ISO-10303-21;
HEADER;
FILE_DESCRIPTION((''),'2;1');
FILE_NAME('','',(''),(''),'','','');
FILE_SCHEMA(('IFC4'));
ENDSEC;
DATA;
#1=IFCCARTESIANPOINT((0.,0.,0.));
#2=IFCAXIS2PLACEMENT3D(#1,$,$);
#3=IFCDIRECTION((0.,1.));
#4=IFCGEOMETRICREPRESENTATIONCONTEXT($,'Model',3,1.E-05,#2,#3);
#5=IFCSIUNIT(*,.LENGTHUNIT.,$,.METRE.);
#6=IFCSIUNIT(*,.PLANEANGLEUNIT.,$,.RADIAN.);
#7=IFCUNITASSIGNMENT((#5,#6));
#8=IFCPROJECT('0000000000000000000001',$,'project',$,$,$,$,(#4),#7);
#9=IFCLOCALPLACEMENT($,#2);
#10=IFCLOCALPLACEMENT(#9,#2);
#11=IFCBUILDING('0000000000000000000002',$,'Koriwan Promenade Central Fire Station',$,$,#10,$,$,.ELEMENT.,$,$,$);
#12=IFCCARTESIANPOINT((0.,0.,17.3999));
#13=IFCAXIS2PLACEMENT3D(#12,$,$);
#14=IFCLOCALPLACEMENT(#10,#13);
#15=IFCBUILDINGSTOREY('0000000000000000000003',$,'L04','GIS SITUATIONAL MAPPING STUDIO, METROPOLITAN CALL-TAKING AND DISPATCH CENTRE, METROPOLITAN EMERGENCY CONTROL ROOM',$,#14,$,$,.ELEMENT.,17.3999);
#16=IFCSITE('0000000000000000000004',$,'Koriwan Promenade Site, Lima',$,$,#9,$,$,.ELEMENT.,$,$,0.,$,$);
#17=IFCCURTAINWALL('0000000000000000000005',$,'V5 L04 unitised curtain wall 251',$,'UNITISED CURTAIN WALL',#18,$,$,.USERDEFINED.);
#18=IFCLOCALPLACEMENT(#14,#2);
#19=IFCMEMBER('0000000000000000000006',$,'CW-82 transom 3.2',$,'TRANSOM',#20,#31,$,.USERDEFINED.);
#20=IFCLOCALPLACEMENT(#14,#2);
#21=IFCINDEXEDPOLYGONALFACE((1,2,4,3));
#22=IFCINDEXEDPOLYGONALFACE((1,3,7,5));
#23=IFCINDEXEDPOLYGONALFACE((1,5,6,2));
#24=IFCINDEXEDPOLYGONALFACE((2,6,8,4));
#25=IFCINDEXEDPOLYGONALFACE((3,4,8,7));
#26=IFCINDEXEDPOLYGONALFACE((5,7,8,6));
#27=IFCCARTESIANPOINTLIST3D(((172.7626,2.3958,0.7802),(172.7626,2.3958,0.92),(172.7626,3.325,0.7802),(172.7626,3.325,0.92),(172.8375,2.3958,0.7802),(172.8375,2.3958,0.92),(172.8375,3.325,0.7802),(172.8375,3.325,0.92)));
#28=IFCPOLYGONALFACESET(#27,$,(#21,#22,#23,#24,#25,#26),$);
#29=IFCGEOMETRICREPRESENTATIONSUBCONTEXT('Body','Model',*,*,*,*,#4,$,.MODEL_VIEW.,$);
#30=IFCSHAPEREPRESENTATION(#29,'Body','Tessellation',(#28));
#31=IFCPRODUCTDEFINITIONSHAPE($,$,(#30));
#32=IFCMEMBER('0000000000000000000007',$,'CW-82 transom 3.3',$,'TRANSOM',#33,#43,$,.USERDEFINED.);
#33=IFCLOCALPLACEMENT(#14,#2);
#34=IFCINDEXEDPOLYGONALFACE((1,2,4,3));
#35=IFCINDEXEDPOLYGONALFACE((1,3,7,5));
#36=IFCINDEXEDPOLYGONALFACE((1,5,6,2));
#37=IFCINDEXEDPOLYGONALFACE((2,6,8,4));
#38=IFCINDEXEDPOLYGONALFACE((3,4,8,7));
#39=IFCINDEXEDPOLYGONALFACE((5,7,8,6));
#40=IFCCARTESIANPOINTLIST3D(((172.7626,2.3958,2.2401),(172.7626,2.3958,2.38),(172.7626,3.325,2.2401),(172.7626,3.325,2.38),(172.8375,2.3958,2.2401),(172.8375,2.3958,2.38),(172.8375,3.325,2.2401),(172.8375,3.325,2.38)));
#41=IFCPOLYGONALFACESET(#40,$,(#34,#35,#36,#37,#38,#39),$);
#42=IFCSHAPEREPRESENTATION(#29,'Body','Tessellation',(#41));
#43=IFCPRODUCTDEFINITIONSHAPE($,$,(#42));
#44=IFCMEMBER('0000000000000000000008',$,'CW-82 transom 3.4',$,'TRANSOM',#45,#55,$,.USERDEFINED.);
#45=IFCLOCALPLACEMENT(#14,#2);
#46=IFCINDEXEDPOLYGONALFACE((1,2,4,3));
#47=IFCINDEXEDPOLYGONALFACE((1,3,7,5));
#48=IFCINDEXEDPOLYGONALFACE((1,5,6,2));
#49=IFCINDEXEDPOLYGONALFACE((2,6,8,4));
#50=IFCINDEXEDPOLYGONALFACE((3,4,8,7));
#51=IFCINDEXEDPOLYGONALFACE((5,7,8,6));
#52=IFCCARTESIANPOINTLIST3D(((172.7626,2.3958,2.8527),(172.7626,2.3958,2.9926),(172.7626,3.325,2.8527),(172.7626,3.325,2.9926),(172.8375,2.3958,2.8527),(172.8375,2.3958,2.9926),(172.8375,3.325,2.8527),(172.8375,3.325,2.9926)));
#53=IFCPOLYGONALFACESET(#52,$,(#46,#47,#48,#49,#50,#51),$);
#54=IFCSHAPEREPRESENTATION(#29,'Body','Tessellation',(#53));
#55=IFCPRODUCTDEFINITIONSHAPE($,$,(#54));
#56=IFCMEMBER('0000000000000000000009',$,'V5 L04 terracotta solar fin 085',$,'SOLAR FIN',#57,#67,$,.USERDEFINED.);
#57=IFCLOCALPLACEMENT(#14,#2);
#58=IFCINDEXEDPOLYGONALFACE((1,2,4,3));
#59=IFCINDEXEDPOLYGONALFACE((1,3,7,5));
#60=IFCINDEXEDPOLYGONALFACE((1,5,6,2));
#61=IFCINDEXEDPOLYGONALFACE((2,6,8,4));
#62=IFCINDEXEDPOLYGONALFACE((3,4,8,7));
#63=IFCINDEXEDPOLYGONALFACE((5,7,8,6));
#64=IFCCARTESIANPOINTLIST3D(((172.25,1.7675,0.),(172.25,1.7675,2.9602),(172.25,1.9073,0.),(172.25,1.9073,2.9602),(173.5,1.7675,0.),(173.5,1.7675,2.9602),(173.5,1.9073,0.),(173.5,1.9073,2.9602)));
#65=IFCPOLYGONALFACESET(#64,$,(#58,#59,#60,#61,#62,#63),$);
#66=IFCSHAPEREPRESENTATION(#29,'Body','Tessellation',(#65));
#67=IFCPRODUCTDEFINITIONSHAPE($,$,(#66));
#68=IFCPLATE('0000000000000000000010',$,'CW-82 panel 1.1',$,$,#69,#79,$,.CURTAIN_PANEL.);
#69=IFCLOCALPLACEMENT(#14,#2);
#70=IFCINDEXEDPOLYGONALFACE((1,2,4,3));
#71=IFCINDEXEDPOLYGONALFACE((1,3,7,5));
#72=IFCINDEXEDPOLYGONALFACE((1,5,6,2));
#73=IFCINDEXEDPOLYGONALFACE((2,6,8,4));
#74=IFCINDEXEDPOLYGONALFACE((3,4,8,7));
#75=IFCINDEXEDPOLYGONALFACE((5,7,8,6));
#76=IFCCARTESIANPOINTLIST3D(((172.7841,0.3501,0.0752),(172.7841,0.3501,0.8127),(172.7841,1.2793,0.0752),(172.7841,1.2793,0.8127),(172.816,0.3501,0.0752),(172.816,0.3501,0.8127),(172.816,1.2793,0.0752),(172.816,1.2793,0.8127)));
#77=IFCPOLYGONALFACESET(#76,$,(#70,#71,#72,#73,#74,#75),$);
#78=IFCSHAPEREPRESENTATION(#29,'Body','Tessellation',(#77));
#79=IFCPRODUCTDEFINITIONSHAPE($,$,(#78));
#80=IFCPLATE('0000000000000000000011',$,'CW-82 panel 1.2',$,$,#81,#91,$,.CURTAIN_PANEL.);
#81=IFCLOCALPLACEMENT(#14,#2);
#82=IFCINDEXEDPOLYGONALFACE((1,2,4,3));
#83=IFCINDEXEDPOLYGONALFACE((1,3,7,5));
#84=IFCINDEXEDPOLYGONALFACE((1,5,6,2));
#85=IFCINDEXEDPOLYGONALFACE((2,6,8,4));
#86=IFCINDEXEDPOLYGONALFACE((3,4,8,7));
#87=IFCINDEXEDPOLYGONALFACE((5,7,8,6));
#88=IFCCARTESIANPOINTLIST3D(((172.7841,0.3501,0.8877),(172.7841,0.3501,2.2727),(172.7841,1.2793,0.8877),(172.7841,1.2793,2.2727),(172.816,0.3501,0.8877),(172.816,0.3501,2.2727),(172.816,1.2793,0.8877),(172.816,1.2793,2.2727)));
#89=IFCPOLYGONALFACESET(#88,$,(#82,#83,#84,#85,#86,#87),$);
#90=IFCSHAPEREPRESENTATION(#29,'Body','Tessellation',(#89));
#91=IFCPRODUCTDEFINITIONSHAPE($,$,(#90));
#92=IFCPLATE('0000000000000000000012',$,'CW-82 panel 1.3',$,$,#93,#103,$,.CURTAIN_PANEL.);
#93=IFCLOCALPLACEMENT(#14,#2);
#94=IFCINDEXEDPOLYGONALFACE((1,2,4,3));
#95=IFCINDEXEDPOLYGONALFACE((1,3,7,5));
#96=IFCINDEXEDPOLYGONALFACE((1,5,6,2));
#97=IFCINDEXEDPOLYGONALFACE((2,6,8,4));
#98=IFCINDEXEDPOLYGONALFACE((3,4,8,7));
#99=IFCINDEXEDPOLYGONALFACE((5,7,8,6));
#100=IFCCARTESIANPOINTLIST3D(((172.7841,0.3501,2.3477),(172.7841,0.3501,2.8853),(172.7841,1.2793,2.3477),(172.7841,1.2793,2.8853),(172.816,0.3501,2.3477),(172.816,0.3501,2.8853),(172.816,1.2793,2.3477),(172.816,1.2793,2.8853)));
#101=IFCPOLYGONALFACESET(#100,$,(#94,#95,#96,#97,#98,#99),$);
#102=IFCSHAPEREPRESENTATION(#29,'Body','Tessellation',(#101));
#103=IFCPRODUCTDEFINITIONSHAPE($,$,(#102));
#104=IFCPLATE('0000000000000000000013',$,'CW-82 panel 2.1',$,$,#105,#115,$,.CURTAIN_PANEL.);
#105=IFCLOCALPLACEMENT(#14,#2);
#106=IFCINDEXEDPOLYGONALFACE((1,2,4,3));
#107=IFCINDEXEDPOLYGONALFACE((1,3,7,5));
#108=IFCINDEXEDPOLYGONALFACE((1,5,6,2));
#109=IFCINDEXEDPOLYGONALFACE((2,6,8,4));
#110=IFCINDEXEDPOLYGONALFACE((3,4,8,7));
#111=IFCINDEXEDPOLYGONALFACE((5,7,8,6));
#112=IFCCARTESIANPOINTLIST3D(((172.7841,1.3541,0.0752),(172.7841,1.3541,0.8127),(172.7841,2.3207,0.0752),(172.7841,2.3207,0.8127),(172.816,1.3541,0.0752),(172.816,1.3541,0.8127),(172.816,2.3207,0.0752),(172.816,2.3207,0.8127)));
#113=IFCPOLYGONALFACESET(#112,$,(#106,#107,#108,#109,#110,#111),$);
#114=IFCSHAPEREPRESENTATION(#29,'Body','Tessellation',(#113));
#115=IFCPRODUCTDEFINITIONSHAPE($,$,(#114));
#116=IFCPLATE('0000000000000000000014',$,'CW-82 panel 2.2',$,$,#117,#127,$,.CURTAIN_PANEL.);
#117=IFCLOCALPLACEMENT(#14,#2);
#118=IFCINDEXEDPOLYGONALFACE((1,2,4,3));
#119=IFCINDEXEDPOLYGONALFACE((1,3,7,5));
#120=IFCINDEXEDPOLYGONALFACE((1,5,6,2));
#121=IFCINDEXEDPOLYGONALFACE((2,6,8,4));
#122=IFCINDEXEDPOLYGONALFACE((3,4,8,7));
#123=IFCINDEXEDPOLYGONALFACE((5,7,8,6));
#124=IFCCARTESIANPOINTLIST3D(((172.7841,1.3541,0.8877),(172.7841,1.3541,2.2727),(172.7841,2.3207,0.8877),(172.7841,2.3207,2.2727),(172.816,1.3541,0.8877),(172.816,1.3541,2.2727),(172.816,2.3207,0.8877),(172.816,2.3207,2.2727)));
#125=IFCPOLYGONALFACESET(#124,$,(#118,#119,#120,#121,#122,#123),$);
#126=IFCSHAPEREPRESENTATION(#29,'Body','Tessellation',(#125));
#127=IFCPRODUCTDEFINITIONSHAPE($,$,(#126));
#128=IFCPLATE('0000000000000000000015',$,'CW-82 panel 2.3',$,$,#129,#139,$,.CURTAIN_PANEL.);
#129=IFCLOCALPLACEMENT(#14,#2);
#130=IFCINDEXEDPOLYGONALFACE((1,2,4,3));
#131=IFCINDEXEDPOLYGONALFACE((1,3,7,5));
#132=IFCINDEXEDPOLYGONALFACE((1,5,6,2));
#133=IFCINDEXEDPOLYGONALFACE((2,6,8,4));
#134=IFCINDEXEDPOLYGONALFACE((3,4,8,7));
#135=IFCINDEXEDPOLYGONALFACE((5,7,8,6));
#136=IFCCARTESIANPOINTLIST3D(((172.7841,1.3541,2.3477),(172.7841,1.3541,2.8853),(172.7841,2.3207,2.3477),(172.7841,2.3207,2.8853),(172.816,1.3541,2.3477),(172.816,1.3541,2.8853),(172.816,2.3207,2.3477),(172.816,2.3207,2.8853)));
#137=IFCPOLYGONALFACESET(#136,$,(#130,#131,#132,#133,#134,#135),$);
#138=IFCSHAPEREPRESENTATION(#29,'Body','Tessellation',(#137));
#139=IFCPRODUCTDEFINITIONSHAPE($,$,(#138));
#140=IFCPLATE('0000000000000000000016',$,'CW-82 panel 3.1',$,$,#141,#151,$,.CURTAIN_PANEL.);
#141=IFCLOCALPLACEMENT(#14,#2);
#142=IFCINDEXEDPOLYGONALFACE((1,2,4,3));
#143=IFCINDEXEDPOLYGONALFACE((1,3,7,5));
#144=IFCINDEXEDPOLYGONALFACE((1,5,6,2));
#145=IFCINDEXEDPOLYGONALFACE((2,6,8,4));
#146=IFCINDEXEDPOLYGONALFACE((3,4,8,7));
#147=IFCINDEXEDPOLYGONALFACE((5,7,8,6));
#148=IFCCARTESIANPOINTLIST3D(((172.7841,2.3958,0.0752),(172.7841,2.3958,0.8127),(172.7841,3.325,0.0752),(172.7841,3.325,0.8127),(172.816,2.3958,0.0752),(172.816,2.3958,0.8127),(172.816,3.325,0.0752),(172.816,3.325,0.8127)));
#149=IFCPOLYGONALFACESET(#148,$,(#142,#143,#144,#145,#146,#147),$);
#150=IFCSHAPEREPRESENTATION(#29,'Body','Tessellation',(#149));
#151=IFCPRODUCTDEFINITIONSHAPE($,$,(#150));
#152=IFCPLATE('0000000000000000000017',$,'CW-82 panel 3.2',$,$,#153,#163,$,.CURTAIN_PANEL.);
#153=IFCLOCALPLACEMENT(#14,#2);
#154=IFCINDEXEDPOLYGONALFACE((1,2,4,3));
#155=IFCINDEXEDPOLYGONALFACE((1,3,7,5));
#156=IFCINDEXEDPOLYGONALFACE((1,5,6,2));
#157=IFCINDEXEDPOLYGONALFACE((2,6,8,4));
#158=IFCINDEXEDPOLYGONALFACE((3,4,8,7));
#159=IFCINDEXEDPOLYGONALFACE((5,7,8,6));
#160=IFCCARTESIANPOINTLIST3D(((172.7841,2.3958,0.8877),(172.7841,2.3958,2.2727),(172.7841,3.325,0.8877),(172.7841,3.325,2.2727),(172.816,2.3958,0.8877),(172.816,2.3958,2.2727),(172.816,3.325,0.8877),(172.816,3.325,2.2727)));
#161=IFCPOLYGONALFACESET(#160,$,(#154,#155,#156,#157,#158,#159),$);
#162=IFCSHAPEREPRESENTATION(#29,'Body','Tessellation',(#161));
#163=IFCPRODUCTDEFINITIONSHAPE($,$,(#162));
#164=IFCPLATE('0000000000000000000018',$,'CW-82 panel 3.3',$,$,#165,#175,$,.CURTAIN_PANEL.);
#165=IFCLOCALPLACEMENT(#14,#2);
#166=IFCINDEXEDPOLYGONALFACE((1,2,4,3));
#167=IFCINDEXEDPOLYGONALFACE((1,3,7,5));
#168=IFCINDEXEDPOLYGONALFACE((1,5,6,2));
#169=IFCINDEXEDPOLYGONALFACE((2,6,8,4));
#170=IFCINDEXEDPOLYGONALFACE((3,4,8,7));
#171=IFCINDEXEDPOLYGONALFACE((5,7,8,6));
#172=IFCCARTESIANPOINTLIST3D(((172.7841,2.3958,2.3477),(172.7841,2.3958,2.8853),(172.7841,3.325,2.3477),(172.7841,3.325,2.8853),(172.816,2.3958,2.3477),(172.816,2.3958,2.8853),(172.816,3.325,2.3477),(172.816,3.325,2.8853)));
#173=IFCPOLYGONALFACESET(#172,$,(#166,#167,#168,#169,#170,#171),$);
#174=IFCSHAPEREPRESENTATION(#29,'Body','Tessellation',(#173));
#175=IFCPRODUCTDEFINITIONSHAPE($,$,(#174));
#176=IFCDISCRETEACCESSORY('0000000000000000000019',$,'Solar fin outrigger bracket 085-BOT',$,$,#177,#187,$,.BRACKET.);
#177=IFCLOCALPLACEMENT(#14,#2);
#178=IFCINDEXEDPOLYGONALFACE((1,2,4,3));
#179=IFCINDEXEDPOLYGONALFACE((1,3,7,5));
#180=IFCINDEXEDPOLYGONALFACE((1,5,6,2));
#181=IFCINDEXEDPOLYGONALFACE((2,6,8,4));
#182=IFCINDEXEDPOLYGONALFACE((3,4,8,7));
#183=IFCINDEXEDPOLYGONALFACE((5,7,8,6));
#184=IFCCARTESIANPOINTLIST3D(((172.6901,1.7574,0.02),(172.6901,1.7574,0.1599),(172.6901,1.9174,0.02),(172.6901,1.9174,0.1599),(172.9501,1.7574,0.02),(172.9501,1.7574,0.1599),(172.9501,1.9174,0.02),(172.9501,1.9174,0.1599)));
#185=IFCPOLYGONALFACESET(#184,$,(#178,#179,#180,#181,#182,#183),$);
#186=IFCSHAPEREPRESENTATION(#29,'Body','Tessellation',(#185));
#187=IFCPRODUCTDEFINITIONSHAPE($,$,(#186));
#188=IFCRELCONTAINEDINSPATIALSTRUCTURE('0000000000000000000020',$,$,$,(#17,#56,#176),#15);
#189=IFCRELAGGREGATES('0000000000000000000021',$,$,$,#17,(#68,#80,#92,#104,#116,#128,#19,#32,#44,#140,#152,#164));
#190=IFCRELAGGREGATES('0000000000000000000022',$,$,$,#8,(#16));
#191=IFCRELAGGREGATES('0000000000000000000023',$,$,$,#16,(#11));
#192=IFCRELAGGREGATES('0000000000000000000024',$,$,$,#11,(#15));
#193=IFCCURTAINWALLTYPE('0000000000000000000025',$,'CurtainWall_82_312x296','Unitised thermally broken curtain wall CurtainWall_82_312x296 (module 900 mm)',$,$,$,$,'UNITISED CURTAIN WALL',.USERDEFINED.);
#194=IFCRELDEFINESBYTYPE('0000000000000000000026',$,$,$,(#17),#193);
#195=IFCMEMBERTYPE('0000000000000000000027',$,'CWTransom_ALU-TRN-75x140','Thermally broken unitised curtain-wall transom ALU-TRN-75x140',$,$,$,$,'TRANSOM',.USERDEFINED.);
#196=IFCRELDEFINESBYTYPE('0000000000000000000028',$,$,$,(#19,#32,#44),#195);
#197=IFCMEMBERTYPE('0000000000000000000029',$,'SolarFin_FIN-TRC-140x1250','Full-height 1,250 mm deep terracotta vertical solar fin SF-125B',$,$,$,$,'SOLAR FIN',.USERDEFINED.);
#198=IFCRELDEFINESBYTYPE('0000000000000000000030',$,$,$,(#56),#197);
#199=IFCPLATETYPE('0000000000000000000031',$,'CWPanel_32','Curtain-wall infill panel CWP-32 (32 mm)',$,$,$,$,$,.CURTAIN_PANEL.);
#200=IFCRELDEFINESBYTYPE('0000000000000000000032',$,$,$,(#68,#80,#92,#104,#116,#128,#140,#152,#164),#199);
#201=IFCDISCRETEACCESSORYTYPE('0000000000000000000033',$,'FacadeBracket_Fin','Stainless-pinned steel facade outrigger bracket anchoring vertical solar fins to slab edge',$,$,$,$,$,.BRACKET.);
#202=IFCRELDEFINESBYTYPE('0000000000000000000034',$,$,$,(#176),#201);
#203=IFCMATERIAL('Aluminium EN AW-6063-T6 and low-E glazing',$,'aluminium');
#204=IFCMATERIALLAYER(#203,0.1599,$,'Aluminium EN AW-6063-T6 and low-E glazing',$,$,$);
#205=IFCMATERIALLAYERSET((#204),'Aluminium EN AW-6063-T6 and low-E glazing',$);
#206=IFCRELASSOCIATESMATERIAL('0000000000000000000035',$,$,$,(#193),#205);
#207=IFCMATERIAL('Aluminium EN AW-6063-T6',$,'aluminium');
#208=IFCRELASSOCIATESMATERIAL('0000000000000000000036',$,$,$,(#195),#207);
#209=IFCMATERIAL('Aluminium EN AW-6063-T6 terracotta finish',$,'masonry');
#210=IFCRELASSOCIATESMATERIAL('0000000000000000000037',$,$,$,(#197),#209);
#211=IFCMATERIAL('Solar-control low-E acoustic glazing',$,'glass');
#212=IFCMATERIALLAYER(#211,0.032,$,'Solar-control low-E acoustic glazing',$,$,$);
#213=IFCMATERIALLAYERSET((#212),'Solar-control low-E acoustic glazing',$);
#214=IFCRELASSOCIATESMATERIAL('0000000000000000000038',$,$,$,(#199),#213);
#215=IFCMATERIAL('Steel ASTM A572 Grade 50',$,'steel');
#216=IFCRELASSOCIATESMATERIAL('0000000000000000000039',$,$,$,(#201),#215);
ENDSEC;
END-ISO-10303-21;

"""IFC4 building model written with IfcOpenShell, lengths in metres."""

from ifc_helpers import new_model, si_unit, direction, frame, origin, origin_2d, place, context, subcontext, project, spatial, rectangle, extrude, material, layer, layer_set, material_profile, profile_set, type_object, element, aggregate, save


model = new_model("IFC4")

# Units and contexts
model_context = context("Model", 3, precision=1e-05, world=origin(), true_north=direction((0.0, 1.0)))
body_context = subcontext(model_context, "Body", "Model", "MODEL_VIEW")
ifc_project = project(units=[si_unit("LENGTHUNIT", "METRE"), si_unit("PLANEANGLEUNIT", "RADIAN")], contexts=[model_context])

# Site, building, storey
site_placement = place(None, origin())
site = spatial("IfcSite", under=ifc_project, at=site_placement, Name="Koriwan Promenade Site, Lima", CompositionType="ELEMENT", RefElevation=0.0)
building_placement = place(site_placement, origin())
building = spatial("IfcBuilding", under=site, at=building_placement, Name="Koriwan Promenade Central Fire Station", CompositionType="ELEMENT")
storey_placement = place(building_placement, frame((0.0, 0.0, 17.3999)))
storey = spatial("IfcBuildingStorey", under=building, at=storey_placement, Name="L04", Description="GIS SITUATIONAL MAPPING STUDIO, METROPOLITAN CALL-TAKING AND DISPATCH CENTRE, METROPOLITAN EMERGENCY CONTROL ROOM", CompositionType="ELEMENT", Elevation=17.3999)

# Curtain wall, members
ifc_material_1 = material(Name="Aluminium EN AW-6063-T6 and low-E glazing", Category="aluminium")
ifc_layer_1 = layer(ifc_material_1, 0.1599, Name="Aluminium EN AW-6063-T6 and low-E glazing")
ifc_layer_set_1 = layer_set([ifc_layer_1], Name="Aluminium EN AW-6063-T6 and low-E glazing")
curtain_wall_type = type_object("IfcCurtainWallType", Name="CurtainWall_82_312x296", Description="Unitised thermally broken curtain wall CurtainWall_82_312x296 (module 900 mm)", ElementType="UNITISED CURTAIN WALL", PredefinedType="USERDEFINED", material=ifc_layer_set_1)
curtain_wall_placement = place(storey_placement, origin())
curtain_wall = element("IfcCurtainWall", 1, at=curtain_wall_placement, inside=storey, type_object=curtain_wall_type, Name="V5 L04 unitised curtain wall 251", ObjectType="UNITISED CURTAIN WALL", PredefinedType="USERDEFINED")
ifc_material_2 = material(Name="Aluminium EN AW-6063-T6", Category="aluminium")
ifc_material_profile_1 = material_profile(ifc_material_2, rectangle(XDim=0.075, YDim=0.1399, at=origin_2d()), Name="ALU-TRN-75x140")
ifc_profile_set_1 = profile_set([ifc_material_profile_1], Name="Aluminium EN AW-6063-T6")
member_type_1 = type_object("IfcMemberType", Name="CWTransom_ALU-TRN-75x140", Description="Thermally broken unitised curtain-wall transom ALU-TRN-75x140", ElementType="TRANSOM", PredefinedType="USERDEFINED", material=ifc_profile_set_1)
member_1_placement = place(storey_placement, frame((172.8, 2.3958, 0.8501), z_axis=(0.0, 1.0, 0.0), x_axis=(-1.0, 0.0, 0.0)))
member_1 = element("IfcMember", 2, at=member_1_placement, type_object=member_type_1, Name="CW-82 transom 3.2", ObjectType="TRANSOM", PredefinedType="USERDEFINED", context=body_context, shape_type="SweptSolid", body=[
    extrude(rectangle(XDim=0.075, YDim=0.1399, at=origin_2d()), origin(), (0.0, 0.0, 1.0), 0.9292),
])
member_2_placement = place(storey_placement, frame((172.8, 2.3958, 2.3101), z_axis=(0.0, 1.0, 0.0), x_axis=(-1.0, 0.0, 0.0)))
member_2 = element("IfcMember", 3, at=member_2_placement, type_object=member_type_1, Name="CW-82 transom 3.3", ObjectType="TRANSOM", PredefinedType="USERDEFINED", context=body_context, shape_type="SweptSolid", body=[
    extrude(rectangle(XDim=0.075, YDim=0.1399, at=origin_2d()), origin(), (0.0, 0.0, 1.0), 0.9292),
])
member_3_placement = place(storey_placement, frame((172.8, 2.3958, 2.9226), z_axis=(0.0, 1.0, 0.0), x_axis=(-1.0, 0.0, 0.0)))
member_3 = element("IfcMember", 4, at=member_3_placement, type_object=member_type_1, Name="CW-82 transom 3.4", ObjectType="TRANSOM", PredefinedType="USERDEFINED", context=body_context, shape_type="SweptSolid", body=[
    extrude(rectangle(XDim=0.075, YDim=0.1399, at=origin_2d()), origin(), (0.0, 0.0, 1.0), 0.9292),
])

# Member
ifc_material_3 = material(Name="Aluminium EN AW-6063-T6 terracotta finish", Category="masonry")
ifc_material_profile_2 = material_profile(ifc_material_3, rectangle(XDim=0.1399, YDim=1.25, at=origin_2d()), Name="FIN-TRC-140x1250")
ifc_profile_set_2 = profile_set([ifc_material_profile_2], Name="Aluminium EN AW-6063-T6 terracotta finish")
member_type_2 = type_object("IfcMemberType", Name="SolarFin_FIN-TRC-140x1250", Description="Full-height 1,250 mm deep terracotta vertical solar fin SF-125B", ElementType="SOLAR FIN", PredefinedType="USERDEFINED", material=ifc_profile_set_2)
member_4_placement = place(storey_placement, frame((172.875, 1.8374, 0.0), z_axis=(0.0, 0.0, 1.0), x_axis=(0.0, -1.0, 0.0)))
element("IfcMember", 5, at=member_4_placement, inside=storey, type_object=member_type_2, Name="V5 L04 terracotta solar fin 085", ObjectType="SOLAR FIN", PredefinedType="USERDEFINED", context=body_context, shape_type="SweptSolid", body=[
    extrude(rectangle(XDim=0.1399, YDim=1.25, at=origin_2d()), origin(), (0.0, 0.0, 1.0), 2.9602),
])

# Plates
ifc_material_4 = material(Name="Solar-control low-E acoustic glazing", Category="glass")
ifc_layer_2 = layer(ifc_material_4, 0.032, Name="Solar-control low-E acoustic glazing")
ifc_layer_set_2 = layer_set([ifc_layer_2], Name="Solar-control low-E acoustic glazing")
plate_type = type_object("IfcPlateType", Name="CWPanel_32", Description="Curtain-wall infill panel CWP-32 (32 mm)", PredefinedType="CURTAIN_PANEL", material=ifc_layer_set_2)
plate_1_placement = place(storey_placement, frame((172.8, 0.8147, 0.0752), z_axis=(0.0, 0.0, 1.0), x_axis=(0.0, 1.0, 0.0)))
plate_1 = element("IfcPlate", 6, at=plate_1_placement, type_object=plate_type, Name="CW-82 panel 1.1", PredefinedType="CURTAIN_PANEL", context=body_context, shape_type="SweptSolid", body=[
    extrude(rectangle(XDim=0.9292, YDim=0.032, at=origin_2d()), origin(), (0.0, 0.0, 1.0), 0.7375),
])
plate_2_placement = place(storey_placement, frame((172.8, 0.8147, 0.8877), z_axis=(0.0, 0.0, 1.0), x_axis=(0.0, 1.0, 0.0)))
plate_2 = element("IfcPlate", 7, at=plate_2_placement, type_object=plate_type, Name="CW-82 panel 1.2", PredefinedType="CURTAIN_PANEL", context=body_context, shape_type="SweptSolid", body=[
    extrude(rectangle(XDim=0.9292, YDim=0.032, at=origin_2d()), origin(), (0.0, 0.0, 1.0), 1.385),
])
plate_3_placement = place(storey_placement, frame((172.8, 0.8147, 2.3477), z_axis=(0.0, 0.0, 1.0), x_axis=(0.0, 1.0, 0.0)))
plate_3 = element("IfcPlate", 8, at=plate_3_placement, type_object=plate_type, Name="CW-82 panel 1.3", PredefinedType="CURTAIN_PANEL", context=body_context, shape_type="SweptSolid", body=[
    extrude(rectangle(XDim=0.9292, YDim=0.032, at=origin_2d()), origin(), (0.0, 0.0, 1.0), 0.5376),
])
plate_4_placement = place(storey_placement, frame((172.8, 1.8374, 0.0752), z_axis=(0.0, 0.0, 1.0), x_axis=(0.0, 1.0, 0.0)))
plate_4 = element("IfcPlate", 9, at=plate_4_placement, type_object=plate_type, Name="CW-82 panel 2.1", PredefinedType="CURTAIN_PANEL", context=body_context, shape_type="SweptSolid", body=[
    extrude(rectangle(XDim=0.9666, YDim=0.032, at=origin_2d()), origin(), (0.0, 0.0, 1.0), 0.7375),
])
plate_5_placement = place(storey_placement, frame((172.8, 1.8374, 0.8877), z_axis=(0.0, 0.0, 1.0), x_axis=(0.0, 1.0, 0.0)))
plate_5 = element("IfcPlate", 10, at=plate_5_placement, type_object=plate_type, Name="CW-82 panel 2.2", PredefinedType="CURTAIN_PANEL", context=body_context, shape_type="SweptSolid", body=[
    extrude(rectangle(XDim=0.9666, YDim=0.032, at=origin_2d()), origin(), (0.0, 0.0, 1.0), 1.385),
])
plate_6_placement = place(storey_placement, frame((172.8, 1.8374, 2.3477), z_axis=(0.0, 0.0, 1.0), x_axis=(0.0, 1.0, 0.0)))
plate_6 = element("IfcPlate", 11, at=plate_6_placement, type_object=plate_type, Name="CW-82 panel 2.3", PredefinedType="CURTAIN_PANEL", context=body_context, shape_type="SweptSolid", body=[
    extrude(rectangle(XDim=0.9666, YDim=0.032, at=origin_2d()), origin(), (0.0, 0.0, 1.0), 0.5376),
])
plate_7_placement = place(storey_placement, frame((172.8, 2.8604, 0.0752), z_axis=(0.0, 0.0, 1.0), x_axis=(0.0, 1.0, 0.0)))
plate_7 = element("IfcPlate", 12, at=plate_7_placement, type_object=plate_type, Name="CW-82 panel 3.1", PredefinedType="CURTAIN_PANEL", context=body_context, shape_type="SweptSolid", body=[
    extrude(rectangle(XDim=0.9292, YDim=0.032, at=origin_2d()), origin(), (0.0, 0.0, 1.0), 0.7375),
])
plate_8_placement = place(storey_placement, frame((172.8, 2.8604, 0.8877), z_axis=(0.0, 0.0, 1.0), x_axis=(0.0, 1.0, 0.0)))
plate_8 = element("IfcPlate", 13, at=plate_8_placement, type_object=plate_type, Name="CW-82 panel 3.2", PredefinedType="CURTAIN_PANEL", context=body_context, shape_type="SweptSolid", body=[
    extrude(rectangle(XDim=0.9292, YDim=0.032, at=origin_2d()), origin(), (0.0, 0.0, 1.0), 1.385),
])
plate_9_placement = place(storey_placement, frame((172.8, 2.8604, 2.3477), z_axis=(0.0, 0.0, 1.0), x_axis=(0.0, 1.0, 0.0)))
plate_9 = element("IfcPlate", 14, at=plate_9_placement, type_object=plate_type, Name="CW-82 panel 3.3", PredefinedType="CURTAIN_PANEL", context=body_context, shape_type="SweptSolid", body=[
    extrude(rectangle(XDim=0.9292, YDim=0.032, at=origin_2d()), origin(), (0.0, 0.0, 1.0), 0.5376),
])
aggregate(curtain_wall, [plate_1, plate_2, plate_3, plate_4, plate_5, plate_6, member_1, member_2, member_3, plate_7, plate_8, plate_9])

# Discrete accessory
ifc_material_5 = material(Name="Steel ASTM A572 Grade 50", Category="steel")
discrete_accessory_type = type_object("IfcDiscreteAccessoryType", Name="FacadeBracket_Fin", Description="Stainless-pinned steel facade outrigger bracket anchoring vertical solar fins to slab edge", PredefinedType="BRACKET", material=ifc_material_5)
for number, where, z_axis, x_axis, name in (
    (15, (172.8201, 1.8374, 0.02), (0.0, 0.0, 1.0), (1.0, 0.0, 0.0), "Solar fin outrigger bracket 085-BOT"),
):
    element("IfcDiscreteAccessory", number, at=place(storey_placement, frame(where, z_axis=z_axis, x_axis=x_axis)), inside=storey, type_object=discrete_accessory_type, Name=name, PredefinedType="BRACKET", context=body_context, shape_type="SweptSolid", body=[
        extrude(rectangle(XDim=0.26, YDim=0.1599, at=origin_2d()), origin(), (0.0, 0.0, 1.0), 0.1399),
    ])

save(model, "model.ifc")
